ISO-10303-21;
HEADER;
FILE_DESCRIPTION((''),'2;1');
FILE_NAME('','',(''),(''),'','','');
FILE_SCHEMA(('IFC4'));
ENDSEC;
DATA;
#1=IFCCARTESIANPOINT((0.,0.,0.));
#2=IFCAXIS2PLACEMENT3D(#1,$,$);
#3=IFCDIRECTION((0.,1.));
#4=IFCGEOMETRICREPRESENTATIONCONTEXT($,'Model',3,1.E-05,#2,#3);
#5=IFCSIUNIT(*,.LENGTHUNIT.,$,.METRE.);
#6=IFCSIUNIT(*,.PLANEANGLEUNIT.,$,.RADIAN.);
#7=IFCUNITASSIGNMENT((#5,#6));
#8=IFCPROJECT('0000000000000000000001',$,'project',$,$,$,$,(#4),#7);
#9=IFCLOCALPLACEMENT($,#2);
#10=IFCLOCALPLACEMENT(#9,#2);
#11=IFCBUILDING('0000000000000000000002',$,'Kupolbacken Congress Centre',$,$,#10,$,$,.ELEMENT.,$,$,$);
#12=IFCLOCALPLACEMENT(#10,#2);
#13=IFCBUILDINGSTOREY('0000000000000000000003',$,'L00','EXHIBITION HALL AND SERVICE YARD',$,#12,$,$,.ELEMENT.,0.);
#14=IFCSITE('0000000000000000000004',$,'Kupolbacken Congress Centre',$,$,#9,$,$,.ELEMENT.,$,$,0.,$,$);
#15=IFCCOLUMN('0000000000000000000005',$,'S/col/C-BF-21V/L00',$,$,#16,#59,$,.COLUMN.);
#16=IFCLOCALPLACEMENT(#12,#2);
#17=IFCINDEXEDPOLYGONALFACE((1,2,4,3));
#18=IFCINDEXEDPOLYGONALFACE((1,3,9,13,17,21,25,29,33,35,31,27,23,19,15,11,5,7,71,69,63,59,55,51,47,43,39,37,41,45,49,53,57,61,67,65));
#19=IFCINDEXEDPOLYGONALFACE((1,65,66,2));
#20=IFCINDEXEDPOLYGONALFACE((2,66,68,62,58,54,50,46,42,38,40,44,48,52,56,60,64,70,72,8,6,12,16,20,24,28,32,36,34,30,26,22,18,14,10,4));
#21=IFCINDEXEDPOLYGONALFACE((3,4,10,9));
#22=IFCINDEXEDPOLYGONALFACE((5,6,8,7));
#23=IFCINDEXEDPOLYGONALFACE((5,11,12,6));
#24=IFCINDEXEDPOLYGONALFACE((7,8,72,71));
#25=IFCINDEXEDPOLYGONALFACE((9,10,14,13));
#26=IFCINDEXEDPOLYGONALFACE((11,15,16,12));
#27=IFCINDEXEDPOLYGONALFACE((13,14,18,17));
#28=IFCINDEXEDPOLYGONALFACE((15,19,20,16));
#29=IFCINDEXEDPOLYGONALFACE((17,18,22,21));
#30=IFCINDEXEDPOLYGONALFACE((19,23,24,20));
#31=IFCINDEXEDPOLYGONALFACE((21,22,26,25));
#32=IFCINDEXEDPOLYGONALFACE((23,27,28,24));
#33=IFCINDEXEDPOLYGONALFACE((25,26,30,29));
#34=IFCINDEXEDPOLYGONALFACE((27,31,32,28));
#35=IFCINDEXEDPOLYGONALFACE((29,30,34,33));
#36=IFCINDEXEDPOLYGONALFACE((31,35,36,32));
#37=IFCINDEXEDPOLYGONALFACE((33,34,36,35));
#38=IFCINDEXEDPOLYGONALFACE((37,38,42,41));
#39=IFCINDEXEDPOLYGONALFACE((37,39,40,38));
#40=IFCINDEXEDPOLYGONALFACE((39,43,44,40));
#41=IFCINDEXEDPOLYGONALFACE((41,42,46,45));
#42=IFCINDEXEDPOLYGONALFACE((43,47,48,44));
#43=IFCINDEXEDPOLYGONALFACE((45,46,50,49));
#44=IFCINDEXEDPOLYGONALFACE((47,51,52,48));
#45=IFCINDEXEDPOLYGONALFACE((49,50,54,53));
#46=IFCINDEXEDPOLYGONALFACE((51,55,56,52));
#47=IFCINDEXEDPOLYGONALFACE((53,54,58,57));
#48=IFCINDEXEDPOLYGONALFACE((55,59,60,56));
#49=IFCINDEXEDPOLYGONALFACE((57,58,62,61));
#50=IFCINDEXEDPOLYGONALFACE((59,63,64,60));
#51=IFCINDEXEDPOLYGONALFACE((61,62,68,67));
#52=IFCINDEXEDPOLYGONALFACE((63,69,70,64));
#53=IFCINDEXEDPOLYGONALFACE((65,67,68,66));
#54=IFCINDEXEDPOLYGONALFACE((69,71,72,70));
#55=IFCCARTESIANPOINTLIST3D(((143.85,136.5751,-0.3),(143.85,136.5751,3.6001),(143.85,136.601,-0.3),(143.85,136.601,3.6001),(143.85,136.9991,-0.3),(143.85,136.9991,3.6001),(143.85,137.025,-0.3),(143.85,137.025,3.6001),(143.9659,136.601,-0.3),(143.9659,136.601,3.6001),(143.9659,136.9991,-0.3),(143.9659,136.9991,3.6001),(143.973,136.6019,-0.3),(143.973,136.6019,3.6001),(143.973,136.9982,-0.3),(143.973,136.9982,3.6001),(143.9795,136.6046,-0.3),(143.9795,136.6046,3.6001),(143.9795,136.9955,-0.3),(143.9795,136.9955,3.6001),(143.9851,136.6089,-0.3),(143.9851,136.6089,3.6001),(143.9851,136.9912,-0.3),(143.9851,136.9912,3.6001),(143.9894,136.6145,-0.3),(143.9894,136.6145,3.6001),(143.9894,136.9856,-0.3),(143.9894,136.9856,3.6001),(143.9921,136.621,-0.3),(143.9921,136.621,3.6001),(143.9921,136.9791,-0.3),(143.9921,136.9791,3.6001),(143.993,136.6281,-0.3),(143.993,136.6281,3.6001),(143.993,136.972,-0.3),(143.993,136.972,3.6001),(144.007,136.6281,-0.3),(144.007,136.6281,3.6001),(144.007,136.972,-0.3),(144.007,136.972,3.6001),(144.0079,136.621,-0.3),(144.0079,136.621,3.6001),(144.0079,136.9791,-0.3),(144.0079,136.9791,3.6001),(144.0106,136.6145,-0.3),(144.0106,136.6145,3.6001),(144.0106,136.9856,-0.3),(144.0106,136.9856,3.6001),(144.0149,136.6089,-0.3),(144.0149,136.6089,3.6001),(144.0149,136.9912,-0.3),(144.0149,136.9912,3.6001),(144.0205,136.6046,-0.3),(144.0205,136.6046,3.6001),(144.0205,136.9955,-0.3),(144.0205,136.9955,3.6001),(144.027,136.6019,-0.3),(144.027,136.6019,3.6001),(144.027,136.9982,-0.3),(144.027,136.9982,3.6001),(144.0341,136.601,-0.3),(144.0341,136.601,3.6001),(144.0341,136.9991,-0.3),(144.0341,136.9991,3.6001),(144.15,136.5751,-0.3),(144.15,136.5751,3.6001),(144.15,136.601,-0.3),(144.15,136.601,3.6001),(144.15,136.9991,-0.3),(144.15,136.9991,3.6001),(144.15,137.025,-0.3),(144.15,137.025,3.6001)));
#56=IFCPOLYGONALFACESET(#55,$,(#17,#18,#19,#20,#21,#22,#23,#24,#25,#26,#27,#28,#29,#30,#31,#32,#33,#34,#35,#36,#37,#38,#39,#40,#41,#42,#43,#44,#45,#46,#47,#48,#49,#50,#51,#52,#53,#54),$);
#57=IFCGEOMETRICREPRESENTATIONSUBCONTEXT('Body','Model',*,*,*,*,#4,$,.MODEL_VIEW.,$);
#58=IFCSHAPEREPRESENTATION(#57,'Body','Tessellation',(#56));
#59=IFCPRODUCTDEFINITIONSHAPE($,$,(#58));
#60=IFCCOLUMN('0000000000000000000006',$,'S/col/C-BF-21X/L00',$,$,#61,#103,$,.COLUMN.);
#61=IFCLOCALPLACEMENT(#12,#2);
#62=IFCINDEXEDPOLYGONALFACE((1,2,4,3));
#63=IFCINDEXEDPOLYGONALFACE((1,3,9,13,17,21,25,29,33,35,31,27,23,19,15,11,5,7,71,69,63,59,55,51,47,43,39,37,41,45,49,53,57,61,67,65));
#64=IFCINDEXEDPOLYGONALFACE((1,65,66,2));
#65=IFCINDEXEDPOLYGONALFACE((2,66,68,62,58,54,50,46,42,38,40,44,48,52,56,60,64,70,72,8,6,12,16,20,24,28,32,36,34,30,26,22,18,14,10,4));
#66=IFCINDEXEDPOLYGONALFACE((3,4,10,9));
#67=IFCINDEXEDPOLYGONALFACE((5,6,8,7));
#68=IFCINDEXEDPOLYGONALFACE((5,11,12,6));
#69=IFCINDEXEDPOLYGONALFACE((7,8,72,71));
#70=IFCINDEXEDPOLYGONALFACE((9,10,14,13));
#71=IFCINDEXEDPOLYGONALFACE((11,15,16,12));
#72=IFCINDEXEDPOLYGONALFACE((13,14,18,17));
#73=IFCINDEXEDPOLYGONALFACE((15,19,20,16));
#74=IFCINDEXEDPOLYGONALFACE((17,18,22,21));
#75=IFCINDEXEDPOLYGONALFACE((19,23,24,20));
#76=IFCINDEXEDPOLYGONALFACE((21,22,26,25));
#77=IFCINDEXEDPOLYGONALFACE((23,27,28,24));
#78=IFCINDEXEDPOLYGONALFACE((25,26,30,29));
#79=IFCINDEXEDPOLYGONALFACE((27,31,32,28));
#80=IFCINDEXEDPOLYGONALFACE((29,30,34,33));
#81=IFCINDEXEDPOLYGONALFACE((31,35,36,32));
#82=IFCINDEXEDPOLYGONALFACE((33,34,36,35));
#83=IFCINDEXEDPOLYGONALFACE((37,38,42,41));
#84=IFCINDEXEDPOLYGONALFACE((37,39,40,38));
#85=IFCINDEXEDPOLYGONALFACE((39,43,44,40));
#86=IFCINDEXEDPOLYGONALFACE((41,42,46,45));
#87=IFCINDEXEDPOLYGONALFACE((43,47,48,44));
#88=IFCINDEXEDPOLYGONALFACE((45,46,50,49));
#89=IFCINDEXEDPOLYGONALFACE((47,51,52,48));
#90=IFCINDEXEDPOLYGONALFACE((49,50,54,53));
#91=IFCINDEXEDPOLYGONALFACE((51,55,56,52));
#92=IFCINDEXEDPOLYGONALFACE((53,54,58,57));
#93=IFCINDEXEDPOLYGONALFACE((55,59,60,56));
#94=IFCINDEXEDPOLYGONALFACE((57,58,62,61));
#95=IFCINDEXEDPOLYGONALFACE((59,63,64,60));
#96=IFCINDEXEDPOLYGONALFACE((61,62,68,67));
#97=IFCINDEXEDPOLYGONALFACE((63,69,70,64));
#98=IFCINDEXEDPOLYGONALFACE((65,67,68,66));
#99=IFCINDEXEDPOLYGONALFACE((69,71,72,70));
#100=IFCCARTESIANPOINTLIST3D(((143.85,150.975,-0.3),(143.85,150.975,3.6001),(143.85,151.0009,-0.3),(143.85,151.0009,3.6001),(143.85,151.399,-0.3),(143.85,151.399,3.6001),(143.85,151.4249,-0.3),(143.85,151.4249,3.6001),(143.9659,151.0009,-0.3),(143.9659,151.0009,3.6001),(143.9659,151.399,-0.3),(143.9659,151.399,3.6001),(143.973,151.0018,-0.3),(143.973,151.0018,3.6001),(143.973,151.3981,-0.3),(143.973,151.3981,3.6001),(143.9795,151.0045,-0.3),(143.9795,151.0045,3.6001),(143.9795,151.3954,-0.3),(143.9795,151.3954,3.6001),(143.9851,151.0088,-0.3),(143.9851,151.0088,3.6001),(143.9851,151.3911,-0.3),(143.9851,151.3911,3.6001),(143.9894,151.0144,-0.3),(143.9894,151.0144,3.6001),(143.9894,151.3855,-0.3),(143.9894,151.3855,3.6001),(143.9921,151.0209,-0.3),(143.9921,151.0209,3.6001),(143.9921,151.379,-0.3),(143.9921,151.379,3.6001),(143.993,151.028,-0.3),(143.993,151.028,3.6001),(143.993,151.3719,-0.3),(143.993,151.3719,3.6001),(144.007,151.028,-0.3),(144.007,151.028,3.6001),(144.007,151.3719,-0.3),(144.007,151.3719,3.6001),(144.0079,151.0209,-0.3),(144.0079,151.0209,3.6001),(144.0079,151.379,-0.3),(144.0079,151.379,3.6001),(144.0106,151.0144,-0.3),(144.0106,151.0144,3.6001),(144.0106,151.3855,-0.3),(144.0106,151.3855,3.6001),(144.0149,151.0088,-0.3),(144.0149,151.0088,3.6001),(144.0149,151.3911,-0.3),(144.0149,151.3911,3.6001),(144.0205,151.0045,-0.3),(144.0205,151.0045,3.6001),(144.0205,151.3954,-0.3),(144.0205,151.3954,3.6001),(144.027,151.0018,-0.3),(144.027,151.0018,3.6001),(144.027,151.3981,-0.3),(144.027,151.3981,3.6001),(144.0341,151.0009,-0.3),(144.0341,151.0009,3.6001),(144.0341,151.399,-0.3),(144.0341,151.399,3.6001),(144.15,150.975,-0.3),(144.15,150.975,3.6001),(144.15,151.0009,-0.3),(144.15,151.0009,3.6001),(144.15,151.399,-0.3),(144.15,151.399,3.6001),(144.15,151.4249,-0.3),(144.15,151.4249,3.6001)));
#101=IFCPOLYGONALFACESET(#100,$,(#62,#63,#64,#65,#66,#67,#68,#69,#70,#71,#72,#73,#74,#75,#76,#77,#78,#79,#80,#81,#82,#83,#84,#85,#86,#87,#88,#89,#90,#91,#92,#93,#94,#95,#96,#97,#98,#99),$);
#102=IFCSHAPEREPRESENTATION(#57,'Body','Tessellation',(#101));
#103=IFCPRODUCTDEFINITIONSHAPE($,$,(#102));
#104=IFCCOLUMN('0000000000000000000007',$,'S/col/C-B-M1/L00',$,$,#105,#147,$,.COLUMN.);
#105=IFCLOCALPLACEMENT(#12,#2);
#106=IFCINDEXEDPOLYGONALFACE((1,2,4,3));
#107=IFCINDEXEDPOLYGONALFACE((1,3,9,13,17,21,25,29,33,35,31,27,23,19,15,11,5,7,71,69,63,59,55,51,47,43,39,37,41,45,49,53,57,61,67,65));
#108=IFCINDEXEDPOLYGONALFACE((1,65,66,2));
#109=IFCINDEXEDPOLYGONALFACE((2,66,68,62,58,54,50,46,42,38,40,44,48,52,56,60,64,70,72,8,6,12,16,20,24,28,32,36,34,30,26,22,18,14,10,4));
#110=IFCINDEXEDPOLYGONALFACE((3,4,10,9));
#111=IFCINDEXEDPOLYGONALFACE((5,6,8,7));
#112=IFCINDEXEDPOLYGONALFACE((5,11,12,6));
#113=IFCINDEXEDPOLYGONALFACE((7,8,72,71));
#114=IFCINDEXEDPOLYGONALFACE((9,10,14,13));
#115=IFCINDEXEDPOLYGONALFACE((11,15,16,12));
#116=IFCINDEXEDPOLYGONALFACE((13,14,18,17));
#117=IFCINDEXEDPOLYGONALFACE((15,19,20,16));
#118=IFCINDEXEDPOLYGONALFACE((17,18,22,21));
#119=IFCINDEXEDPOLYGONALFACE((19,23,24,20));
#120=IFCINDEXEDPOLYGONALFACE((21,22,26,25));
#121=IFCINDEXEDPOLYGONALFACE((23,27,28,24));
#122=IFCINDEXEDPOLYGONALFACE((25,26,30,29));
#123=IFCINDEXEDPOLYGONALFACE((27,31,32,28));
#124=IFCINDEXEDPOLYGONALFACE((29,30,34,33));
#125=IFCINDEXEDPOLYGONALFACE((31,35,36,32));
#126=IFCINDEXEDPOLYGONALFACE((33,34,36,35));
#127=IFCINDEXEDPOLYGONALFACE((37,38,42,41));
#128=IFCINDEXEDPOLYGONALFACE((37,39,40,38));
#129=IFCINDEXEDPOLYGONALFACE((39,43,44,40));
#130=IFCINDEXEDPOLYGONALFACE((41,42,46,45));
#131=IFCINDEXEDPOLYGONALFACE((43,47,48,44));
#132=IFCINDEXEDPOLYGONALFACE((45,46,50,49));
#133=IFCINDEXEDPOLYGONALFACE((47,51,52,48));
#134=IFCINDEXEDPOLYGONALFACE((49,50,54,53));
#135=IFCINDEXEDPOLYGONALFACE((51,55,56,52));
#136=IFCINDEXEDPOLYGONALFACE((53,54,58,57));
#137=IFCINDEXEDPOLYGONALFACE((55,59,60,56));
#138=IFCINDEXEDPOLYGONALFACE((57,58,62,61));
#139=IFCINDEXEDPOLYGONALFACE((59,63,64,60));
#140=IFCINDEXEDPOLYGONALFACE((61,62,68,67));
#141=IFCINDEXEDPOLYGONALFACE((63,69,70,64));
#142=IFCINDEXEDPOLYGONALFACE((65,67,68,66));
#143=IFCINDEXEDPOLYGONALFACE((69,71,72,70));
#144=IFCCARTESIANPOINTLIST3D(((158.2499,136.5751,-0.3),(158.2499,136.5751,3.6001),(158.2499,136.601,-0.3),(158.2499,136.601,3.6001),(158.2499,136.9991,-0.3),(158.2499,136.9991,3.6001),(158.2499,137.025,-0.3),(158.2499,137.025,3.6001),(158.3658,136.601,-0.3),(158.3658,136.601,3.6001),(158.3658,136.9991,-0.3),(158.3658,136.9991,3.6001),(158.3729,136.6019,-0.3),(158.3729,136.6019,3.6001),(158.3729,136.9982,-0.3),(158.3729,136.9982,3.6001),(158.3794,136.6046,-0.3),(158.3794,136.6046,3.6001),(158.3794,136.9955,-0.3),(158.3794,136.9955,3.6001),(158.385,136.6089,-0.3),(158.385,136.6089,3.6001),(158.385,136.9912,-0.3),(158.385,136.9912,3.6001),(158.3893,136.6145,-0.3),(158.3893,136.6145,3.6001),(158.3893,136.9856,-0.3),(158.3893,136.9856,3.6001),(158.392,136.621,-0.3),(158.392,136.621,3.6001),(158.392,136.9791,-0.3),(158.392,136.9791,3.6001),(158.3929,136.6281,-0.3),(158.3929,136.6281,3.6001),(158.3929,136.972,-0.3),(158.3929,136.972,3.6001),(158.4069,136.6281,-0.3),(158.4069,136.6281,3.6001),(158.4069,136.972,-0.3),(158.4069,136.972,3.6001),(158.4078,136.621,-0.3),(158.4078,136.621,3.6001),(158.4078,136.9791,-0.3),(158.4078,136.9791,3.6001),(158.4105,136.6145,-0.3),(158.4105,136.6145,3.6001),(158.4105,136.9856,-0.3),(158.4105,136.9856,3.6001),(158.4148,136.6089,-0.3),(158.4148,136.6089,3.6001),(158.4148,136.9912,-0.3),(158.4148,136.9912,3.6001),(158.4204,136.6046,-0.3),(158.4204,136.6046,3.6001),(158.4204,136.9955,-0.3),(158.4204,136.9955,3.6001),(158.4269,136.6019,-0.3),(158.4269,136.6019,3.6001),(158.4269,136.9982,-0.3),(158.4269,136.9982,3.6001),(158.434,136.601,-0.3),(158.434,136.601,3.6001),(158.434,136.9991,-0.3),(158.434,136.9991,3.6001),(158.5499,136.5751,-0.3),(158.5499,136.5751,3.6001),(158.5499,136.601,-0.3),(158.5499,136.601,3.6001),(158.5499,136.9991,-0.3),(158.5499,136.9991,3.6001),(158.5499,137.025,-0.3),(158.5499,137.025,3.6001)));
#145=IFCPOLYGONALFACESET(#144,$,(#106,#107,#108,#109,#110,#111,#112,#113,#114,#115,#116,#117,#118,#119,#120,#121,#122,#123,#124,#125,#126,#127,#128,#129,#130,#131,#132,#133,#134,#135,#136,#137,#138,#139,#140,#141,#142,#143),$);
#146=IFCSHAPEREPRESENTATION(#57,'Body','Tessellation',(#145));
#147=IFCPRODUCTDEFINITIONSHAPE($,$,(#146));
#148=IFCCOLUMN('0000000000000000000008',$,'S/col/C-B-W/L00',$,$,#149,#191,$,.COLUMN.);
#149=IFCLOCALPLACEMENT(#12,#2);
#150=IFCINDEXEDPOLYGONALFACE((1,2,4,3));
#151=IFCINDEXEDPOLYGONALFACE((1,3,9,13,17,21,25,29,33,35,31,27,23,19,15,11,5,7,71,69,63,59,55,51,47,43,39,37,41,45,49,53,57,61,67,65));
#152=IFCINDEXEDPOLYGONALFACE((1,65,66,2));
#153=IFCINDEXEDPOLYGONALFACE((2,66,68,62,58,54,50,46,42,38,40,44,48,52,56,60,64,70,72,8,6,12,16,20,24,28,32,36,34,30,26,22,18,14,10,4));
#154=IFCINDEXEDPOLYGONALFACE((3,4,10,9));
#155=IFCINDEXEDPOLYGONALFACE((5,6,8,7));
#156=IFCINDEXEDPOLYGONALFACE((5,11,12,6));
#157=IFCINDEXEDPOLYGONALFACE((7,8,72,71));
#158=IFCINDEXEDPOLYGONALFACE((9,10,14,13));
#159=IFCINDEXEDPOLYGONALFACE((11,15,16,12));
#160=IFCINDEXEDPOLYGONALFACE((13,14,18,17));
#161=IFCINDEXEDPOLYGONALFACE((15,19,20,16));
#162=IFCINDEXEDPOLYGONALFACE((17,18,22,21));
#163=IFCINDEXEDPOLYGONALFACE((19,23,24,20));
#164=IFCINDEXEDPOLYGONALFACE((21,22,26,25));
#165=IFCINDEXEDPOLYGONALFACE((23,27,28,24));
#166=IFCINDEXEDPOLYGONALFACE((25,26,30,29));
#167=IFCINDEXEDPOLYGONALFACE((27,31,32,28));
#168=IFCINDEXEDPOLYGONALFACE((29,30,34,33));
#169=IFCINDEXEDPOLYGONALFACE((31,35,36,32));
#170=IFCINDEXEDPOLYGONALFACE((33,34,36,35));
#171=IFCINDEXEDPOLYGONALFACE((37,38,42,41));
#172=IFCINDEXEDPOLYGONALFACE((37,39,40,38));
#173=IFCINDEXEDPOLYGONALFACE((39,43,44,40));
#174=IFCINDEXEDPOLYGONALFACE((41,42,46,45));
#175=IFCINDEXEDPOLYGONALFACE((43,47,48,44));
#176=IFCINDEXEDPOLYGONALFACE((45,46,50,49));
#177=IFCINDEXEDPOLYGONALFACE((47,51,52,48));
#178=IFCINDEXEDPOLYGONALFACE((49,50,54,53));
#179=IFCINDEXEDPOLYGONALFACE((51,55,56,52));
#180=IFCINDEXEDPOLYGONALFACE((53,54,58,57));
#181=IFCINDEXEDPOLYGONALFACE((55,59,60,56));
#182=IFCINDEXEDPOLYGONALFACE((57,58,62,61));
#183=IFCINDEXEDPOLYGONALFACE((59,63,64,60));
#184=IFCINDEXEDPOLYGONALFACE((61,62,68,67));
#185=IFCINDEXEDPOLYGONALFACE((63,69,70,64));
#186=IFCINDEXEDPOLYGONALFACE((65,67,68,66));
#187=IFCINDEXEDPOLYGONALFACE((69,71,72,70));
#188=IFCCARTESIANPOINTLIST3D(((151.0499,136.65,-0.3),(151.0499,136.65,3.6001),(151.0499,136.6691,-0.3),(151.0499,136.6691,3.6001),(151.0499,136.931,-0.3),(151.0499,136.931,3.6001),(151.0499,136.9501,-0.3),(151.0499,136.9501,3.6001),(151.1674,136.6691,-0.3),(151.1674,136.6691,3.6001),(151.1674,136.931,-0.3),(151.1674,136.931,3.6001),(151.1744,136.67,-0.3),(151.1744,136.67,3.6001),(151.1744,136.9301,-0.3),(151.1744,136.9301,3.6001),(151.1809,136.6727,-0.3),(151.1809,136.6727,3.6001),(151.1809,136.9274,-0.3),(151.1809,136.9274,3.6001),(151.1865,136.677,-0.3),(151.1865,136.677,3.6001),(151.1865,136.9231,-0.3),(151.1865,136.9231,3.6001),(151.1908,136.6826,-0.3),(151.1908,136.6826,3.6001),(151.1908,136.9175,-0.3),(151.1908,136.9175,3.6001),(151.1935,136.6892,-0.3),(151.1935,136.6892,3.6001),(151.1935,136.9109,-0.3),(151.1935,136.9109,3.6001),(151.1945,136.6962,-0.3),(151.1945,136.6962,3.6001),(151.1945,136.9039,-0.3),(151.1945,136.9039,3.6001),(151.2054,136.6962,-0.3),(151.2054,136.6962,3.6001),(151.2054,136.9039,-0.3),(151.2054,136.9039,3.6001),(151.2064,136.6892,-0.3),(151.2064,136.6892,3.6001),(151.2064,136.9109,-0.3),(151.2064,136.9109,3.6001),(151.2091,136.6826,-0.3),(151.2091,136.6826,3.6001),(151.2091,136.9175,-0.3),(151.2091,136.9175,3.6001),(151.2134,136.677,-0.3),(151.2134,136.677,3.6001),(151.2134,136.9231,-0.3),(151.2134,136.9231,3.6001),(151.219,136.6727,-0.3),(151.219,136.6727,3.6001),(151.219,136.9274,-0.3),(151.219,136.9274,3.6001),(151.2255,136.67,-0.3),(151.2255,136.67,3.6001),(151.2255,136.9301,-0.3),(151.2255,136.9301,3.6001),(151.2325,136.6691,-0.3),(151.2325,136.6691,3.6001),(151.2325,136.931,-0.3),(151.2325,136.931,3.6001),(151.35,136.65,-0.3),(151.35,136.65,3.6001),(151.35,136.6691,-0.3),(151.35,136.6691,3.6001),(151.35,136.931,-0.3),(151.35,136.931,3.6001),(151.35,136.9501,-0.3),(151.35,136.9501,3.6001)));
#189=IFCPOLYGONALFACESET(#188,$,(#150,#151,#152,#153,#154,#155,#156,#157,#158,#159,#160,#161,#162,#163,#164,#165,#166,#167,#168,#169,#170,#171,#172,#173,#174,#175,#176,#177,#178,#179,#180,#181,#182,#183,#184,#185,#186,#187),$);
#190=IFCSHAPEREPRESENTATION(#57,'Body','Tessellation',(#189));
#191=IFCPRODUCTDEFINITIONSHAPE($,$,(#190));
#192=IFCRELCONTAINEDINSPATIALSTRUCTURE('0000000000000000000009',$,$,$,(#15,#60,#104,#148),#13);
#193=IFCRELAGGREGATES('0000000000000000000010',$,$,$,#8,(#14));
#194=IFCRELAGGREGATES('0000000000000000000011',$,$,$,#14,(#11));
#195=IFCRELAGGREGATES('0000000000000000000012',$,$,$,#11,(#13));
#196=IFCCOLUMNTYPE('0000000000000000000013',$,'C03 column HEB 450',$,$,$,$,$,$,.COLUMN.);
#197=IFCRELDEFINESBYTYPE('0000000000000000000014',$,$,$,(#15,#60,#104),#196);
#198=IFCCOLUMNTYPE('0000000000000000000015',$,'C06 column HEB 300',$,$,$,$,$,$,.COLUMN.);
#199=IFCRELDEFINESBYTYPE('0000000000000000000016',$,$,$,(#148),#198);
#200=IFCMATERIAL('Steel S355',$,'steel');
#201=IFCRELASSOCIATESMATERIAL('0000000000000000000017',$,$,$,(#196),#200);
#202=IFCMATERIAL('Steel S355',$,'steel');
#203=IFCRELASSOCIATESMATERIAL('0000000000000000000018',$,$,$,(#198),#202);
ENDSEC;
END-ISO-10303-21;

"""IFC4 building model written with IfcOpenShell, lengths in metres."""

from ifc_helpers import new_model, si_unit, direction, frame, origin, origin_2d, place, context, subcontext, project, spatial, i_section, extrude, material, material_profile, profile_set, type_object, element, save


model = new_model("IFC4")

# Units and contexts
model_context = context("Model", 3, precision=1e-05, world=origin(), true_north=direction((0.0, 1.0)))
body_context = subcontext(model_context, "Body", "Model", "MODEL_VIEW")
ifc_project = project(units=[si_unit("LENGTHUNIT", "METRE"), si_unit("PLANEANGLEUNIT", "RADIAN")], contexts=[model_context])

# Site, building, storey
site_placement = place(None, origin())
site = spatial("IfcSite", under=ifc_project, at=site_placement, Name="Kupolbacken Congress Centre", CompositionType="ELEMENT", RefElevation=0.0)
building_placement = place(site_placement, origin())
building = spatial("IfcBuilding", under=site, at=building_placement, Name="Kupolbacken Congress Centre", CompositionType="ELEMENT")
storey_placement = place(building_placement, origin())
storey = spatial("IfcBuildingStorey", under=building, at=storey_placement, Name="L00", Description="EXHIBITION HALL AND SERVICE YARD", CompositionType="ELEMENT", Elevation=0.0)

# Columns
ifc_material_1 = material(Name="Steel S355", Category="steel")
ifc_material_profile_1 = material_profile(ifc_material_1, i_section(OverallWidth=0.3, OverallDepth=0.45, WebThickness=0.0139, FlangeThickness=0.0259, FilletRadius=0.0271, at=origin_2d()), Name="HEB 450")
ifc_profile_set_1 = profile_set([ifc_material_profile_1], Name="Steel S355")
column_type_1 = type_object("IfcColumnType", Name="C03 column HEB 450", PredefinedType="COLUMN", material=ifc_profile_set_1)
for number, where, z_axis, x_axis, name in (
    (1, (144.0, 136.8, -0.3), (0.0, 0.0, 1.0), (1.0, 0.0, 0.0), "S/col/C-BF-21V/L00"),
    (2, (144.0, 151.2, -0.3), (0.0, 0.0, 1.0), (1.0, 0.0, 0.0), "S/col/C-BF-21X/L00"),
    (3, (158.3999, 136.8, -0.3), (0.0, 0.0, 1.0), (1.0, 0.0, 0.0), "S/col/C-B-M1/L00"),
):
    element("IfcColumn", number, at=place(storey_placement, frame(where, z_axis=z_axis, x_axis=x_axis)), inside=storey, type_object=column_type_1, Name=name, PredefinedType="COLUMN", context=body_context, shape_type="SweptSolid", body=[
        extrude(i_section(OverallWidth=0.3, OverallDepth=0.45, WebThickness=0.0139, FlangeThickness=0.0259, FilletRadius=0.0271, at=origin_2d()), origin(), (0.0, 0.0, 1.0), 3.9001),
    ])
ifc_material_2 = material(Name="Steel S355", Category="steel")
ifc_material_profile_2 = material_profile(ifc_material_2, i_section(OverallWidth=0.3, OverallDepth=0.3, WebThickness=0.011, FlangeThickness=0.019, FilletRadius=0.0271, at=origin_2d()), Name="HEB 300")
ifc_profile_set_2 = profile_set([ifc_material_profile_2], Name="Steel S355")
column_type_2 = type_object("IfcColumnType", Name="C06 column HEB 300", PredefinedType="COLUMN", material=ifc_profile_set_2)
column_placement = place(storey_placement, frame((151.2, 136.8, -0.3), z_axis=(0.0, 0.0, 1.0), x_axis=(1.0, 0.0, 0.0)))
element("IfcColumn", 4, at=column_placement, inside=storey, type_object=column_type_2, Name="S/col/C-B-W/L00", PredefinedType="COLUMN", context=body_context, shape_type="SweptSolid", body=[
    extrude(i_section(OverallWidth=0.3, OverallDepth=0.3, WebThickness=0.011, FlangeThickness=0.019, FilletRadius=0.0271, at=origin_2d()), origin(), (0.0, 0.0, 1.0), 3.9001),
])

save(model, "model.ifc")
